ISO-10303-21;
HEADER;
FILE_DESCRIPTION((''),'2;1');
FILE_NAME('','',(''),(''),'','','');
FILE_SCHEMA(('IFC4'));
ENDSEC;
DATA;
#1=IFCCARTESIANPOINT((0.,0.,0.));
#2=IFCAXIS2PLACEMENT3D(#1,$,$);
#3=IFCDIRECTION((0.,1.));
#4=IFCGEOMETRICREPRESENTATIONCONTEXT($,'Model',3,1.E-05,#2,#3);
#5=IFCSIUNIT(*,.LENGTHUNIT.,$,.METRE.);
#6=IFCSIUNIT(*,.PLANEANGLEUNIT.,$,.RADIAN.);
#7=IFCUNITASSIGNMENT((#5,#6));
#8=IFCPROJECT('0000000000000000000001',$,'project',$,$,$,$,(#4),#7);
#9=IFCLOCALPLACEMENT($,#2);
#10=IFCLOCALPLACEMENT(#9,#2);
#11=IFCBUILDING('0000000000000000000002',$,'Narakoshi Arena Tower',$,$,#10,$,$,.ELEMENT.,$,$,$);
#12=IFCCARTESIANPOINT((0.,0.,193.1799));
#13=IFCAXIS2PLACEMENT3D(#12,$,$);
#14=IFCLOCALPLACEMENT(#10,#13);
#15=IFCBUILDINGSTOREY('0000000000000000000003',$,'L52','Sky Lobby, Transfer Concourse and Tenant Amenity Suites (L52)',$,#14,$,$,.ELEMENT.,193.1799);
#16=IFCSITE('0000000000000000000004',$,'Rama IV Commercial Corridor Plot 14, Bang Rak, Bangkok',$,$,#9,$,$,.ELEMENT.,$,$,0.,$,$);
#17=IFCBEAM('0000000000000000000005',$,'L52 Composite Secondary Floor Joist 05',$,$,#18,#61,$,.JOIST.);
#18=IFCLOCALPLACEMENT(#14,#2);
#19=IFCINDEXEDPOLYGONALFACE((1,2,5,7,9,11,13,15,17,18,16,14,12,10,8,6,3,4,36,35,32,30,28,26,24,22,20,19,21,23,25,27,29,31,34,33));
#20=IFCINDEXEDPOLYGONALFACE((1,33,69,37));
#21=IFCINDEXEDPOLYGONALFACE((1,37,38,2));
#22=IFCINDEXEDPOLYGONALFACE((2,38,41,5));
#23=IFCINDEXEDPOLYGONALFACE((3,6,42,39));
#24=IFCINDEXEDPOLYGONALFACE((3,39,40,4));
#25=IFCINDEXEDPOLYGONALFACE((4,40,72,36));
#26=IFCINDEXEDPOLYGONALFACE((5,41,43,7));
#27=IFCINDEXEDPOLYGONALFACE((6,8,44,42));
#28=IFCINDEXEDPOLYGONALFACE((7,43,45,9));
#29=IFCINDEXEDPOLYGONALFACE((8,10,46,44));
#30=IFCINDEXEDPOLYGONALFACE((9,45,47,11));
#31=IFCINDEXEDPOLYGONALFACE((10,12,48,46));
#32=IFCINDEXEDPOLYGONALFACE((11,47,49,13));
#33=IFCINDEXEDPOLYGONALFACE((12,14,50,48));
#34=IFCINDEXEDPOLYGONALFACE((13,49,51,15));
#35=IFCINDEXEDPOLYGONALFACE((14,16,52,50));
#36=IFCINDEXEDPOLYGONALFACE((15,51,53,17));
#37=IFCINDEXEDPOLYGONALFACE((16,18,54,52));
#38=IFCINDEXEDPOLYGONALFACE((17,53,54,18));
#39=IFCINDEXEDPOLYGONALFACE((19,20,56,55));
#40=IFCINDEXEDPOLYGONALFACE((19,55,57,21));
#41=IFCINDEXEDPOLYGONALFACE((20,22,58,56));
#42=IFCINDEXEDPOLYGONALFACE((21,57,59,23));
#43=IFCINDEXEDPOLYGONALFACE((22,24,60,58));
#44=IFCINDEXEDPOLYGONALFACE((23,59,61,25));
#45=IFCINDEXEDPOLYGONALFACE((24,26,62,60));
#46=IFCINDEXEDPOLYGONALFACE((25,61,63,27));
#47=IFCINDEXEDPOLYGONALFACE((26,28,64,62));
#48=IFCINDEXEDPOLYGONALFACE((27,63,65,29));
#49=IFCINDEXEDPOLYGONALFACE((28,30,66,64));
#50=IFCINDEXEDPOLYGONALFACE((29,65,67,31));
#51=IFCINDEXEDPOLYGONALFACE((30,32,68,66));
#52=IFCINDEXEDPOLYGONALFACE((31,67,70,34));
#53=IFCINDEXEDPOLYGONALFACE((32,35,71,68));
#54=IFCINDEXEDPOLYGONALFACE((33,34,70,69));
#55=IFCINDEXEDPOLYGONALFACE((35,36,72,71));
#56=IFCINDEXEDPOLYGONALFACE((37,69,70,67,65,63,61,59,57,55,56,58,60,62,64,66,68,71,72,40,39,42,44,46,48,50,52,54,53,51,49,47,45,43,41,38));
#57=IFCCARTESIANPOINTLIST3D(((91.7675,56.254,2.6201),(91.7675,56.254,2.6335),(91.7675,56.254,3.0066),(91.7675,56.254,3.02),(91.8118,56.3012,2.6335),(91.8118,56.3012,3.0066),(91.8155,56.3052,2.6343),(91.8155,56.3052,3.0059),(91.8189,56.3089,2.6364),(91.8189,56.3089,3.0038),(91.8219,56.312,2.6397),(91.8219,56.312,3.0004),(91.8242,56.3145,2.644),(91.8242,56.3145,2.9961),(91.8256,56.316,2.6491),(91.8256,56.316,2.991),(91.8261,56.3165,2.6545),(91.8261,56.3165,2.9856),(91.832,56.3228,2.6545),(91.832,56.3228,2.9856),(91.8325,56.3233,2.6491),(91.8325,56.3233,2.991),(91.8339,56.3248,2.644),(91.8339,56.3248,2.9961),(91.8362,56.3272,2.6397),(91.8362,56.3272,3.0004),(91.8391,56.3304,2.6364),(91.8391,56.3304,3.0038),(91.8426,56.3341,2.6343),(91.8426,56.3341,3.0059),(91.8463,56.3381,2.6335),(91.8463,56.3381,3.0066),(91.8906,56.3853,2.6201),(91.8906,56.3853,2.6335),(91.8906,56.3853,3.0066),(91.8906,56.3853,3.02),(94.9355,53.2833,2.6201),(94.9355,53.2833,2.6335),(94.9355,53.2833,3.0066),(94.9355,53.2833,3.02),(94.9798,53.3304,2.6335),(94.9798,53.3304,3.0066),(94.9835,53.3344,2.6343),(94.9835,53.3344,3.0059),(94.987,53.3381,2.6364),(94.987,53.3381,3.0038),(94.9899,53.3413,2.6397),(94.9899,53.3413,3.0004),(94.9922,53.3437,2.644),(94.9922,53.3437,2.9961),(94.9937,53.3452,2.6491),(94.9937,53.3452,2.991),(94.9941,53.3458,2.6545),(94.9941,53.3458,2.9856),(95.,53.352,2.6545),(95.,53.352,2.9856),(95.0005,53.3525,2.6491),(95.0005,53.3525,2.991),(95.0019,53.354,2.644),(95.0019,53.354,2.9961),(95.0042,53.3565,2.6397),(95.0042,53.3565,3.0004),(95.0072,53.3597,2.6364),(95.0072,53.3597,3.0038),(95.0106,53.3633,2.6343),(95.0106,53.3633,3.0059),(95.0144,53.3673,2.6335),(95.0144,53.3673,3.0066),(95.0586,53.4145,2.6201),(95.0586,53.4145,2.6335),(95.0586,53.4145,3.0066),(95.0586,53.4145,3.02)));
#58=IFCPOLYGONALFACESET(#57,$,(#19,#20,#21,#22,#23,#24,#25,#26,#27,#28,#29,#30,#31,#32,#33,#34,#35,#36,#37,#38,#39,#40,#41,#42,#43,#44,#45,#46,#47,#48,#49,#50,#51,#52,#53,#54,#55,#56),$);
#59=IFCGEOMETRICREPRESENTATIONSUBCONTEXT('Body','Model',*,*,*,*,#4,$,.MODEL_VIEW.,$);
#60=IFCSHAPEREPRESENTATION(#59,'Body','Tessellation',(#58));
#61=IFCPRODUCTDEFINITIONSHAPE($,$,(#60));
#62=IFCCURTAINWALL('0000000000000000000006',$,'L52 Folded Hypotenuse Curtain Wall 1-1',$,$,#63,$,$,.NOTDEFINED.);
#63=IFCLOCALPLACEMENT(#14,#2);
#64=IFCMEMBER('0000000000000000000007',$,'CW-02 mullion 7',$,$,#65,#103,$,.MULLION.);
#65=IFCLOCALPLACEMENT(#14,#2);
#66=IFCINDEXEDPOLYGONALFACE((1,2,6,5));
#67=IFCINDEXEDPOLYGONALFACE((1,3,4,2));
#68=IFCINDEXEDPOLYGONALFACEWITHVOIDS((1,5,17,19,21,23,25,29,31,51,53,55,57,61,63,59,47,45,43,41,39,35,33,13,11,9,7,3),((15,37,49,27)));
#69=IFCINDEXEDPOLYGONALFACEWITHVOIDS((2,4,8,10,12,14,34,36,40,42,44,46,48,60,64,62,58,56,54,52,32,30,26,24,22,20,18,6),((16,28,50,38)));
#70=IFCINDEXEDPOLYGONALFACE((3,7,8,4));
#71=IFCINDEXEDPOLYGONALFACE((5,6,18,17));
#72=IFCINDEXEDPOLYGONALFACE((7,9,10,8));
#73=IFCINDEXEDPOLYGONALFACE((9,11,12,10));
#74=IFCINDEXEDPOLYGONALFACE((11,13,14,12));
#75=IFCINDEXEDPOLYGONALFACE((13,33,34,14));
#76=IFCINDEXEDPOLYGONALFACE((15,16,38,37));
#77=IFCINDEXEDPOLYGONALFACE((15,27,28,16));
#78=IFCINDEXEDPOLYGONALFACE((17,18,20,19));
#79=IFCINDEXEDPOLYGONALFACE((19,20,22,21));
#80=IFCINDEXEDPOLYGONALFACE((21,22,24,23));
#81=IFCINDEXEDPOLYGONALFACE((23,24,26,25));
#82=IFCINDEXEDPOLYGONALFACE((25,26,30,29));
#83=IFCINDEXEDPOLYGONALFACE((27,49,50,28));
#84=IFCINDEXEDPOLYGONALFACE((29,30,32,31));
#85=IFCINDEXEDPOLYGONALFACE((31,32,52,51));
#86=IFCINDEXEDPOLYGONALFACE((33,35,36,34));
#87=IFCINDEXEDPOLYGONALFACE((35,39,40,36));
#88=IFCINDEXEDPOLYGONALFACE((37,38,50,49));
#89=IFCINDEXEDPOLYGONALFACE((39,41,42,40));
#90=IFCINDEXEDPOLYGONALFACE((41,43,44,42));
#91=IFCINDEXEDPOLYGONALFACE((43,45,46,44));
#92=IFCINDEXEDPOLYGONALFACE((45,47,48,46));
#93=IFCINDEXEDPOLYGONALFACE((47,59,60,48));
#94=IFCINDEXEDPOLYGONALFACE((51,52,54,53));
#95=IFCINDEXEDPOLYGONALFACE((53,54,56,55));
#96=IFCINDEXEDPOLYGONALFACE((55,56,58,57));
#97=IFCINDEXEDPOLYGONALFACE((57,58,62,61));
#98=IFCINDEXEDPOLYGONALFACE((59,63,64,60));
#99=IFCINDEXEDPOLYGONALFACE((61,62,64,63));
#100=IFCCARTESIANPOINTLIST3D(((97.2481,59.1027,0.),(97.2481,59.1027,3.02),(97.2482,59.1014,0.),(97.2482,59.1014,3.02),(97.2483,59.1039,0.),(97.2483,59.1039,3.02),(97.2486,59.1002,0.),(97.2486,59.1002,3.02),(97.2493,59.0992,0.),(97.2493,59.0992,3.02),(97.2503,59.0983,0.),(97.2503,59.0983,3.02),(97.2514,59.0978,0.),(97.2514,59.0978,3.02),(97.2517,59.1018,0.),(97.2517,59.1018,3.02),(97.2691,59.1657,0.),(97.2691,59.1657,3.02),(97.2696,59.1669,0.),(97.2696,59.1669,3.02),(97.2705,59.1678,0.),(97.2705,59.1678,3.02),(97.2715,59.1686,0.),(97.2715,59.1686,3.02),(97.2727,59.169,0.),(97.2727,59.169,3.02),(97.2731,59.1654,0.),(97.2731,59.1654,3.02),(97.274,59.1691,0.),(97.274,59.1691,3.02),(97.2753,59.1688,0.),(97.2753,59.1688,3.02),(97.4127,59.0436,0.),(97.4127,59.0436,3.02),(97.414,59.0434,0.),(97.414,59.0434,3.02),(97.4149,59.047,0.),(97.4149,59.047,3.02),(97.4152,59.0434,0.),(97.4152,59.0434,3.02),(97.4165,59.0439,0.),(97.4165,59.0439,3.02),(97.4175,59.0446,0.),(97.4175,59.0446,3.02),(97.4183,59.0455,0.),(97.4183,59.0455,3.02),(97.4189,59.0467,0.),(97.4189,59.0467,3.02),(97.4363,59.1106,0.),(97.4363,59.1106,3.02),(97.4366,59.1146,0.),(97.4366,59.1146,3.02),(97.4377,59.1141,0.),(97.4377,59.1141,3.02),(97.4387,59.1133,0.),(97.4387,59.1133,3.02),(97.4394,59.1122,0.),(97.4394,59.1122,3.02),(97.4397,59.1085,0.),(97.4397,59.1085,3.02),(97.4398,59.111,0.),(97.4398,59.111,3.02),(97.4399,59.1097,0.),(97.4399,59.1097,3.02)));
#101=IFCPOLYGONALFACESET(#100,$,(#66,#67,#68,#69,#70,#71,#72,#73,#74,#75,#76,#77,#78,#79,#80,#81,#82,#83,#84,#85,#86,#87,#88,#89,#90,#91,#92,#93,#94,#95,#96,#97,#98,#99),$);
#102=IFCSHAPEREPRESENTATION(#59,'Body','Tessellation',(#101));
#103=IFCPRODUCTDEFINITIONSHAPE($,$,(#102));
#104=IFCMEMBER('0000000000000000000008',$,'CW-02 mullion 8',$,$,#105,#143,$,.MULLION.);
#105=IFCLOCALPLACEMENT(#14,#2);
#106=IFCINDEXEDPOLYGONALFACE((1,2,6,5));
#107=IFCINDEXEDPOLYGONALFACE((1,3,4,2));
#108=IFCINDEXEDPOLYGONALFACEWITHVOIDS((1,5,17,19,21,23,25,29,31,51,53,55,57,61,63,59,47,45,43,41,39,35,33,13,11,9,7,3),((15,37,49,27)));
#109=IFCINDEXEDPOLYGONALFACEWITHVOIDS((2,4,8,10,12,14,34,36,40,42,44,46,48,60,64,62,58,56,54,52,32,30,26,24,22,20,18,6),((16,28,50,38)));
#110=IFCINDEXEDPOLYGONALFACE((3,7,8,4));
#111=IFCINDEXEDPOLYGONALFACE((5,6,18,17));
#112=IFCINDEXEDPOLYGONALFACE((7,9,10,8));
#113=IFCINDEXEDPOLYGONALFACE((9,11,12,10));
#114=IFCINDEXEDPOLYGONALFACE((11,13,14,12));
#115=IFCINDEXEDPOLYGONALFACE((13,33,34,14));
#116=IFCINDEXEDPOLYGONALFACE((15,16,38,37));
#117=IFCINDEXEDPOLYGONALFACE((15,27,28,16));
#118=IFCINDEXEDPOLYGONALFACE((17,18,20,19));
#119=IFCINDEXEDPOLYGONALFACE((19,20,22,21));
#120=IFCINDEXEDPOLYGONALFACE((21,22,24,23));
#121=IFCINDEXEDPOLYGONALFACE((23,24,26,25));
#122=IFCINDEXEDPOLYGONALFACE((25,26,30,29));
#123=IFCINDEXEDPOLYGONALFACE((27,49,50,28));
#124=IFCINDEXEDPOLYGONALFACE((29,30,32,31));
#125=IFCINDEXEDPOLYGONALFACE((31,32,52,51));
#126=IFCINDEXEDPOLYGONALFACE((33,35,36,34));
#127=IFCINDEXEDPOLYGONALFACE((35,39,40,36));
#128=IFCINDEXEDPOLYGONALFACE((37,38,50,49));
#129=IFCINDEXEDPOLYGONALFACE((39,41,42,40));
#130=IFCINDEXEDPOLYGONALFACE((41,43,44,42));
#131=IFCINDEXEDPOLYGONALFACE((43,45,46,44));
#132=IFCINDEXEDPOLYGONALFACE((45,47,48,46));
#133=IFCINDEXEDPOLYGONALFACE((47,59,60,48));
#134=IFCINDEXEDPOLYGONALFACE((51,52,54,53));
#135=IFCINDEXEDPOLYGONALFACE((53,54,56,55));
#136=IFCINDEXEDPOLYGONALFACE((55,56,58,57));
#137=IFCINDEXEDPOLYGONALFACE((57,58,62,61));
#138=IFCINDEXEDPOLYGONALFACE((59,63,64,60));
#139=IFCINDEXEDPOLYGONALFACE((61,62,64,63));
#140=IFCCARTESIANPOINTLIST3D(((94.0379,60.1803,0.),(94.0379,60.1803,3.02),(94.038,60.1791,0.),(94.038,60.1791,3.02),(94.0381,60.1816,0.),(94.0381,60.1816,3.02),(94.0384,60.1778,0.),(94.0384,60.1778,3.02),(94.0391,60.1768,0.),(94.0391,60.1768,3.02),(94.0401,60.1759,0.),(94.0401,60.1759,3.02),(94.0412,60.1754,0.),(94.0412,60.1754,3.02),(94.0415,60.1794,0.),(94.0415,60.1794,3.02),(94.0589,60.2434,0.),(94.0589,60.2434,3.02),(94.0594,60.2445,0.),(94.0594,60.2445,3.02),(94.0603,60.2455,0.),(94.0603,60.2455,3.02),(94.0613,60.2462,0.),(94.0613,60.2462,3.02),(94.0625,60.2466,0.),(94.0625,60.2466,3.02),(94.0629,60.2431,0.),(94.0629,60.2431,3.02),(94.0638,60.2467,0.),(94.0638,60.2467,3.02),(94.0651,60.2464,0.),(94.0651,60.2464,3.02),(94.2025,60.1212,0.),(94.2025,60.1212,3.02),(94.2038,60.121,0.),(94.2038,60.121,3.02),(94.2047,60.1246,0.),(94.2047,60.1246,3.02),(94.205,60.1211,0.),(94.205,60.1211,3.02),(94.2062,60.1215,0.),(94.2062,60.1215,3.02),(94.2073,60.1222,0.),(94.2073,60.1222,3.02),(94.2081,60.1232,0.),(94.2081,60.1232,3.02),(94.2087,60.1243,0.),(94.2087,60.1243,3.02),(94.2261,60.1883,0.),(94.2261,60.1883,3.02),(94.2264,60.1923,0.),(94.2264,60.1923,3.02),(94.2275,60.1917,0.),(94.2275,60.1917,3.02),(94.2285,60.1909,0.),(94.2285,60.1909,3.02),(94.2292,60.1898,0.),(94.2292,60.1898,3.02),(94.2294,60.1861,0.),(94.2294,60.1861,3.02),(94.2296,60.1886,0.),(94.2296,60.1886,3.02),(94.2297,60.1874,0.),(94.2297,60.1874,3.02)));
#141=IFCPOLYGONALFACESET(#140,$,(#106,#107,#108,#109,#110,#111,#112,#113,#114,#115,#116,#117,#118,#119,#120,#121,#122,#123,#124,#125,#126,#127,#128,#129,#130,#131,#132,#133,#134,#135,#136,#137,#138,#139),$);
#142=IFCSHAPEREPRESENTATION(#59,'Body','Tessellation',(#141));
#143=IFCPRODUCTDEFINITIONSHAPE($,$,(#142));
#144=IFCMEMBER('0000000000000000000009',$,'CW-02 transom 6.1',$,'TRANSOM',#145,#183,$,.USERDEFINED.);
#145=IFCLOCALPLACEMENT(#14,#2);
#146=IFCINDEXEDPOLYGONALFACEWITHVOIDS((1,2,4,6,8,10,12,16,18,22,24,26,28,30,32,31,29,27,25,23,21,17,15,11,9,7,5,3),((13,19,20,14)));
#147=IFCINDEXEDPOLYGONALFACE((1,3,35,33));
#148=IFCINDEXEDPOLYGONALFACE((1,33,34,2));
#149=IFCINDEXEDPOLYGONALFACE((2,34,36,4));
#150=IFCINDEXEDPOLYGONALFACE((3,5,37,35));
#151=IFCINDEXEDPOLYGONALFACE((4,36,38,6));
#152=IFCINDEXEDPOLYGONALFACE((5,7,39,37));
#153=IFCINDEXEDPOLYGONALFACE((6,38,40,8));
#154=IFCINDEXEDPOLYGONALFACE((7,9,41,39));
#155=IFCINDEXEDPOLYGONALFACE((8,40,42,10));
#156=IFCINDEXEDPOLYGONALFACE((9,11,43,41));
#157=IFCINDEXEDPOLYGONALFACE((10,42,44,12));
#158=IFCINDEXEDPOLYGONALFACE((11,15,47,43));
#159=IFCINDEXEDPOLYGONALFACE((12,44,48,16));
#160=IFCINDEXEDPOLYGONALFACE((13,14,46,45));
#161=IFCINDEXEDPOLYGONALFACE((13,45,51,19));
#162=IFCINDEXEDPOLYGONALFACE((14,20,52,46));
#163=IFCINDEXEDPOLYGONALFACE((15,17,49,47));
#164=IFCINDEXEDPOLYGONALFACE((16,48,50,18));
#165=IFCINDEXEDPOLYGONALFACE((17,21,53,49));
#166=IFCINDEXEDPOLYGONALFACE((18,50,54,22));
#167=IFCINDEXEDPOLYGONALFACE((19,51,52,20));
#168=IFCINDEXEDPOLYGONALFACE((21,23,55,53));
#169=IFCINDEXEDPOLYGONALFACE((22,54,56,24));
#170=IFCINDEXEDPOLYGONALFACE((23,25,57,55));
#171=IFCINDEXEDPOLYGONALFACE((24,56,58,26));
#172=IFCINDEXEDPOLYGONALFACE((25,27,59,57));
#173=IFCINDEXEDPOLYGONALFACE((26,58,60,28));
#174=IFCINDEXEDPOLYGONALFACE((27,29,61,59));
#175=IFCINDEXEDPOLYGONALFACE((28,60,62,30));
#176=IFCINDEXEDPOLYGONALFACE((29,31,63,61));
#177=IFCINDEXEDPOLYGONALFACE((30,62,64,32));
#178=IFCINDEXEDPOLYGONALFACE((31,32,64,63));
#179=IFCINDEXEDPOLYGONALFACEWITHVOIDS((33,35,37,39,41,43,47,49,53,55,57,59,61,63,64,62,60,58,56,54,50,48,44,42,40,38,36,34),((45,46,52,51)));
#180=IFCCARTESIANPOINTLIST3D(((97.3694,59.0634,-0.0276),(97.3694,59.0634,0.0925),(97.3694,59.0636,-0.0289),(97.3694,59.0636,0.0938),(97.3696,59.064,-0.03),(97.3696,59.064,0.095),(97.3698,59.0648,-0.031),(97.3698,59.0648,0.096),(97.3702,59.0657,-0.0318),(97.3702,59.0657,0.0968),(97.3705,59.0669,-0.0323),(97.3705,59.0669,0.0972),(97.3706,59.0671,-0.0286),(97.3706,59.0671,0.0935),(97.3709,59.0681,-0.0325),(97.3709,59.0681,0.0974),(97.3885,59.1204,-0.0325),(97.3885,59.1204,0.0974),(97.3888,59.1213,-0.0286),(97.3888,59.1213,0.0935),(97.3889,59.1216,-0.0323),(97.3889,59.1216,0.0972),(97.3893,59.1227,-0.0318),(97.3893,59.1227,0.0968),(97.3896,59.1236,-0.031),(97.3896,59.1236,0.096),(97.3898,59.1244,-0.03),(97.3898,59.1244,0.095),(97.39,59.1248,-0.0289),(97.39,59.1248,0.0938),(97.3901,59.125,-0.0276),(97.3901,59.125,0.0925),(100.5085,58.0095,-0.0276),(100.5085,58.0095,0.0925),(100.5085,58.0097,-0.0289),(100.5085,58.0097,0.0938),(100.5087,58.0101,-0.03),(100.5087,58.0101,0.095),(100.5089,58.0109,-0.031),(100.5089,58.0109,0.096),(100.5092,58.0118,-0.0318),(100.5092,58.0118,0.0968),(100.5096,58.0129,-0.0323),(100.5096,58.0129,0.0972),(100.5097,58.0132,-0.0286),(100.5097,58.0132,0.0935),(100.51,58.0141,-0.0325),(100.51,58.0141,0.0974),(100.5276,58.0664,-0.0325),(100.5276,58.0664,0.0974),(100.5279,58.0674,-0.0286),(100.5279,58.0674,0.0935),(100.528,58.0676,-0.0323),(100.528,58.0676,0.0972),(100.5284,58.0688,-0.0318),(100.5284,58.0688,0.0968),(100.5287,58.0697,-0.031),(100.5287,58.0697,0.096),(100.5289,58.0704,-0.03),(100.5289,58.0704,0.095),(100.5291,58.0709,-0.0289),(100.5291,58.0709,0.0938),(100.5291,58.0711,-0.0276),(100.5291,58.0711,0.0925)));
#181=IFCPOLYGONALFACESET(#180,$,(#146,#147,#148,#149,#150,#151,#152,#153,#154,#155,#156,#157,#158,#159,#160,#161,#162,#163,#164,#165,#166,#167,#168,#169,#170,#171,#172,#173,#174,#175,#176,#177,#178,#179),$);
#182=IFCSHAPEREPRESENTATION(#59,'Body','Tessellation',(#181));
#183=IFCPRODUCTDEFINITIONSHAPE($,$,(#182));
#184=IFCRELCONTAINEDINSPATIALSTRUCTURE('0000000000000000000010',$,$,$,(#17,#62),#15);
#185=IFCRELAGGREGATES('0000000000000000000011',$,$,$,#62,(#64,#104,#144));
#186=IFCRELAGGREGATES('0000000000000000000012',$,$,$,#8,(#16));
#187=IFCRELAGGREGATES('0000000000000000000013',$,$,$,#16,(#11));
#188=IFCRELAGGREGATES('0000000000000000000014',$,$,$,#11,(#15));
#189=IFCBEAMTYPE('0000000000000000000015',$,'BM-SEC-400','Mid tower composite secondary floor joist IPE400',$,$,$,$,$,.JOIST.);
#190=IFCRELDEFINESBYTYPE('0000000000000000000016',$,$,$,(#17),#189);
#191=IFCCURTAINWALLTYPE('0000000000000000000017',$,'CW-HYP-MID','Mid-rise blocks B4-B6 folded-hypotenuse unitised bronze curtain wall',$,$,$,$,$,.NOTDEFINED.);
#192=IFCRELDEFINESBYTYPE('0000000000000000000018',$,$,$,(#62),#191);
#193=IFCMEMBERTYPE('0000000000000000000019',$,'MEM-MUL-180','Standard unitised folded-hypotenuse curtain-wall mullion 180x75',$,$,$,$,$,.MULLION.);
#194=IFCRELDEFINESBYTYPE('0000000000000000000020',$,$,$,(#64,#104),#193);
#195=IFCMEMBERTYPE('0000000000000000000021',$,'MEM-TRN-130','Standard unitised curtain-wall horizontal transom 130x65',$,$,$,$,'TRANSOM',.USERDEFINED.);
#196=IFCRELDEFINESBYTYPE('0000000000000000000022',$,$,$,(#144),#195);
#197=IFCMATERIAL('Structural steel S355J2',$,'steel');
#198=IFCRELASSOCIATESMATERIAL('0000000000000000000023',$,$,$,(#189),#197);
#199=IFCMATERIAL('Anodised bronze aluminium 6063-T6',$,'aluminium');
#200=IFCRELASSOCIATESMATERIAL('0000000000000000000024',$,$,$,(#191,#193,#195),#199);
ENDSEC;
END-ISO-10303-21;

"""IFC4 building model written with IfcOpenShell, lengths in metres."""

from ifc_helpers import new_model, si_unit, direction, frame, origin, origin_2d, place, context, subcontext, project, spatial, hollow_rectangle, i_section, extrude, material, material_profile, profile_set, type_object, element, aggregate, save


model = new_model("IFC4")

# Units and contexts
model_context = context("Model", 3, precision=1e-05, world=origin(), true_north=direction((0.0, 1.0)))
body_context = subcontext(model_context, "Body", "Model", "MODEL_VIEW")
ifc_project = project(units=[si_unit("LENGTHUNIT", "METRE"), si_unit("PLANEANGLEUNIT", "RADIAN")], contexts=[model_context])

# Site, building, storey
site_placement = place(None, origin())
site = spatial("IfcSite", under=ifc_project, at=site_placement, Name="Rama IV Commercial Corridor Plot 14, Bang Rak, Bangkok", CompositionType="ELEMENT", RefElevation=0.0)
building_placement = place(site_placement, origin())
building = spatial("IfcBuilding", under=site, at=building_placement, Name="Narakoshi Arena Tower", CompositionType="ELEMENT")
storey_placement = place(building_placement, frame((0.0, 0.0, 193.1799)))
storey = spatial("IfcBuildingStorey", under=building, at=storey_placement, Name="L52", Description="Sky Lobby, Transfer Concourse and Tenant Amenity Suites (L52)", CompositionType="ELEMENT", Elevation=193.1799)

# Beam
ifc_material_1 = material(Name="Structural steel S355J2", Category="steel")
ifc_material_profile_1 = material_profile(ifc_material_1, i_section(OverallWidth=0.1799, OverallDepth=0.3999, WebThickness=0.0085, FlangeThickness=0.0134, FilletRadius=0.021, at=origin_2d()), Name="IPE400")
ifc_profile_set_1 = profile_set([ifc_material_profile_1], Name="Structural steel S355J2")
beam_type_1 = type_object("IfcBeamType", Name="BM-SEC-400", Description="Mid tower composite secondary floor joist IPE400", PredefinedType="JOIST", material=ifc_profile_set_1)
beam_1_placement = place(storey_placement, frame((94.9971, 53.3489, 2.8201), z_axis=(-0.729453, 0.684031, 0.0), x_axis=(-0.684031, -0.729453, 0.0)))
element("IfcBeam", 1, at=beam_1_placement, inside=storey, type_object=beam_type_1, Name="L52 Composite Secondary Floor Joist 05", PredefinedType="JOIST", context=body_context, shape_type="SweptSolid", body=[
    extrude(i_section(OverallWidth=0.1799, OverallDepth=0.3999, WebThickness=0.0085, FlangeThickness=0.0134, FilletRadius=0.021, at=origin_2d()), origin(), (0.0, 0.0, 1.0), 4.343),
])

# Curtain wall, members
ifc_material_2 = material(Name="Anodised bronze aluminium 6063-T6", Category="aluminium")
curtain_wall_type = type_object("IfcCurtainWallType", Name="CW-HYP-MID", Description="Mid-rise blocks B4-B6 folded-hypotenuse unitised bronze curtain wall", PredefinedType="NOTDEFINED", material=ifc_material_2)
curtain_wall_placement = place(storey_placement, origin())
curtain_wall = element("IfcCurtainWall", 2, at=curtain_wall_placement, inside=storey, type_object=curtain_wall_type, Name="L52 Folded Hypotenuse Curtain Wall 1-1", PredefinedType="NOTDEFINED")
ifc_material_profile_2 = material_profile(ifc_material_2, hollow_rectangle(XDim=0.075, YDim=0.1799, WallThickness=0.0039, OuterFilletRadius=0.0049, at=origin_2d()), Name="MUL180x75x4")
ifc_profile_set_2 = profile_set([ifc_material_profile_2], Name="Anodised bronze aluminium 6063-T6")
member_type_1 = type_object("IfcMemberType", Name="MEM-MUL-180", Description="Standard unitised folded-hypotenuse curtain-wall mullion 180x75", PredefinedType="MULLION", material=ifc_profile_set_2)
member_1_placement = place(storey_placement, frame((97.344, 59.1062, 0.0), z_axis=(0.0, 0.0, 1.0), x_axis=(-0.318263, -0.948002, 0.0)))
member_1 = element("IfcMember", 3, at=member_1_placement, type_object=member_type_1, Name="CW-02 mullion 7", PredefinedType="MULLION", context=body_context, shape_type="SweptSolid", body=[
    extrude(hollow_rectangle(XDim=0.075, YDim=0.1799, WallThickness=0.0039, OuterFilletRadius=0.0049, at=origin_2d()), origin(), (0.0, 0.0, 1.0), 3.02),
])
member_2_placement = place(storey_placement, frame((94.1338, 60.1838, 0.0), z_axis=(0.0, 0.0, 1.0), x_axis=(-0.318263, -0.948002, 0.0)))
member_2 = element("IfcMember", 4, at=member_2_placement, type_object=member_type_1, Name="CW-02 mullion 8", PredefinedType="MULLION", context=body_context, shape_type="SweptSolid", body=[
    extrude(hollow_rectangle(XDim=0.075, YDim=0.1799, WallThickness=0.0039, OuterFilletRadius=0.0049, at=origin_2d()), origin(), (0.0, 0.0, 1.0), 3.02),
])
ifc_material_profile_3 = material_profile(ifc_material_2, hollow_rectangle(XDim=0.0649, YDim=0.1299, WallThickness=0.0039, OuterFilletRadius=0.0049, at=origin_2d()), Name="TRN130x65x4")
ifc_profile_set_3 = profile_set([ifc_material_profile_3], Name="Anodised bronze aluminium 6063-T6")
member_type_2 = type_object("IfcMemberType", Name="MEM-TRN-130", Description="Standard unitised curtain-wall horizontal transom 130x65", ElementType="TRANSOM", PredefinedType="USERDEFINED", material=ifc_profile_set_3)
member_3_placement = place(storey_placement, frame((100.5188, 58.0403, 0.0325), z_axis=(-0.947995, 0.318284, 0.0), x_axis=(-0.318284, -0.947995, 0.0)))
member_3 = element("IfcMember", 5, at=member_3_placement, type_object=member_type_2, Name="CW-02 transom 6.1", ObjectType="TRANSOM", PredefinedType="USERDEFINED", context=body_context, shape_type="SweptSolid", body=[
    extrude(hollow_rectangle(XDim=0.0649, YDim=0.1299, WallThickness=0.0039, OuterFilletRadius=0.0049, at=origin_2d()), origin(), (0.0, 0.0, 1.0), 3.3113),
])
aggregate(curtain_wall, [member_1, member_2, member_3])

save(model, "model.ifc")
